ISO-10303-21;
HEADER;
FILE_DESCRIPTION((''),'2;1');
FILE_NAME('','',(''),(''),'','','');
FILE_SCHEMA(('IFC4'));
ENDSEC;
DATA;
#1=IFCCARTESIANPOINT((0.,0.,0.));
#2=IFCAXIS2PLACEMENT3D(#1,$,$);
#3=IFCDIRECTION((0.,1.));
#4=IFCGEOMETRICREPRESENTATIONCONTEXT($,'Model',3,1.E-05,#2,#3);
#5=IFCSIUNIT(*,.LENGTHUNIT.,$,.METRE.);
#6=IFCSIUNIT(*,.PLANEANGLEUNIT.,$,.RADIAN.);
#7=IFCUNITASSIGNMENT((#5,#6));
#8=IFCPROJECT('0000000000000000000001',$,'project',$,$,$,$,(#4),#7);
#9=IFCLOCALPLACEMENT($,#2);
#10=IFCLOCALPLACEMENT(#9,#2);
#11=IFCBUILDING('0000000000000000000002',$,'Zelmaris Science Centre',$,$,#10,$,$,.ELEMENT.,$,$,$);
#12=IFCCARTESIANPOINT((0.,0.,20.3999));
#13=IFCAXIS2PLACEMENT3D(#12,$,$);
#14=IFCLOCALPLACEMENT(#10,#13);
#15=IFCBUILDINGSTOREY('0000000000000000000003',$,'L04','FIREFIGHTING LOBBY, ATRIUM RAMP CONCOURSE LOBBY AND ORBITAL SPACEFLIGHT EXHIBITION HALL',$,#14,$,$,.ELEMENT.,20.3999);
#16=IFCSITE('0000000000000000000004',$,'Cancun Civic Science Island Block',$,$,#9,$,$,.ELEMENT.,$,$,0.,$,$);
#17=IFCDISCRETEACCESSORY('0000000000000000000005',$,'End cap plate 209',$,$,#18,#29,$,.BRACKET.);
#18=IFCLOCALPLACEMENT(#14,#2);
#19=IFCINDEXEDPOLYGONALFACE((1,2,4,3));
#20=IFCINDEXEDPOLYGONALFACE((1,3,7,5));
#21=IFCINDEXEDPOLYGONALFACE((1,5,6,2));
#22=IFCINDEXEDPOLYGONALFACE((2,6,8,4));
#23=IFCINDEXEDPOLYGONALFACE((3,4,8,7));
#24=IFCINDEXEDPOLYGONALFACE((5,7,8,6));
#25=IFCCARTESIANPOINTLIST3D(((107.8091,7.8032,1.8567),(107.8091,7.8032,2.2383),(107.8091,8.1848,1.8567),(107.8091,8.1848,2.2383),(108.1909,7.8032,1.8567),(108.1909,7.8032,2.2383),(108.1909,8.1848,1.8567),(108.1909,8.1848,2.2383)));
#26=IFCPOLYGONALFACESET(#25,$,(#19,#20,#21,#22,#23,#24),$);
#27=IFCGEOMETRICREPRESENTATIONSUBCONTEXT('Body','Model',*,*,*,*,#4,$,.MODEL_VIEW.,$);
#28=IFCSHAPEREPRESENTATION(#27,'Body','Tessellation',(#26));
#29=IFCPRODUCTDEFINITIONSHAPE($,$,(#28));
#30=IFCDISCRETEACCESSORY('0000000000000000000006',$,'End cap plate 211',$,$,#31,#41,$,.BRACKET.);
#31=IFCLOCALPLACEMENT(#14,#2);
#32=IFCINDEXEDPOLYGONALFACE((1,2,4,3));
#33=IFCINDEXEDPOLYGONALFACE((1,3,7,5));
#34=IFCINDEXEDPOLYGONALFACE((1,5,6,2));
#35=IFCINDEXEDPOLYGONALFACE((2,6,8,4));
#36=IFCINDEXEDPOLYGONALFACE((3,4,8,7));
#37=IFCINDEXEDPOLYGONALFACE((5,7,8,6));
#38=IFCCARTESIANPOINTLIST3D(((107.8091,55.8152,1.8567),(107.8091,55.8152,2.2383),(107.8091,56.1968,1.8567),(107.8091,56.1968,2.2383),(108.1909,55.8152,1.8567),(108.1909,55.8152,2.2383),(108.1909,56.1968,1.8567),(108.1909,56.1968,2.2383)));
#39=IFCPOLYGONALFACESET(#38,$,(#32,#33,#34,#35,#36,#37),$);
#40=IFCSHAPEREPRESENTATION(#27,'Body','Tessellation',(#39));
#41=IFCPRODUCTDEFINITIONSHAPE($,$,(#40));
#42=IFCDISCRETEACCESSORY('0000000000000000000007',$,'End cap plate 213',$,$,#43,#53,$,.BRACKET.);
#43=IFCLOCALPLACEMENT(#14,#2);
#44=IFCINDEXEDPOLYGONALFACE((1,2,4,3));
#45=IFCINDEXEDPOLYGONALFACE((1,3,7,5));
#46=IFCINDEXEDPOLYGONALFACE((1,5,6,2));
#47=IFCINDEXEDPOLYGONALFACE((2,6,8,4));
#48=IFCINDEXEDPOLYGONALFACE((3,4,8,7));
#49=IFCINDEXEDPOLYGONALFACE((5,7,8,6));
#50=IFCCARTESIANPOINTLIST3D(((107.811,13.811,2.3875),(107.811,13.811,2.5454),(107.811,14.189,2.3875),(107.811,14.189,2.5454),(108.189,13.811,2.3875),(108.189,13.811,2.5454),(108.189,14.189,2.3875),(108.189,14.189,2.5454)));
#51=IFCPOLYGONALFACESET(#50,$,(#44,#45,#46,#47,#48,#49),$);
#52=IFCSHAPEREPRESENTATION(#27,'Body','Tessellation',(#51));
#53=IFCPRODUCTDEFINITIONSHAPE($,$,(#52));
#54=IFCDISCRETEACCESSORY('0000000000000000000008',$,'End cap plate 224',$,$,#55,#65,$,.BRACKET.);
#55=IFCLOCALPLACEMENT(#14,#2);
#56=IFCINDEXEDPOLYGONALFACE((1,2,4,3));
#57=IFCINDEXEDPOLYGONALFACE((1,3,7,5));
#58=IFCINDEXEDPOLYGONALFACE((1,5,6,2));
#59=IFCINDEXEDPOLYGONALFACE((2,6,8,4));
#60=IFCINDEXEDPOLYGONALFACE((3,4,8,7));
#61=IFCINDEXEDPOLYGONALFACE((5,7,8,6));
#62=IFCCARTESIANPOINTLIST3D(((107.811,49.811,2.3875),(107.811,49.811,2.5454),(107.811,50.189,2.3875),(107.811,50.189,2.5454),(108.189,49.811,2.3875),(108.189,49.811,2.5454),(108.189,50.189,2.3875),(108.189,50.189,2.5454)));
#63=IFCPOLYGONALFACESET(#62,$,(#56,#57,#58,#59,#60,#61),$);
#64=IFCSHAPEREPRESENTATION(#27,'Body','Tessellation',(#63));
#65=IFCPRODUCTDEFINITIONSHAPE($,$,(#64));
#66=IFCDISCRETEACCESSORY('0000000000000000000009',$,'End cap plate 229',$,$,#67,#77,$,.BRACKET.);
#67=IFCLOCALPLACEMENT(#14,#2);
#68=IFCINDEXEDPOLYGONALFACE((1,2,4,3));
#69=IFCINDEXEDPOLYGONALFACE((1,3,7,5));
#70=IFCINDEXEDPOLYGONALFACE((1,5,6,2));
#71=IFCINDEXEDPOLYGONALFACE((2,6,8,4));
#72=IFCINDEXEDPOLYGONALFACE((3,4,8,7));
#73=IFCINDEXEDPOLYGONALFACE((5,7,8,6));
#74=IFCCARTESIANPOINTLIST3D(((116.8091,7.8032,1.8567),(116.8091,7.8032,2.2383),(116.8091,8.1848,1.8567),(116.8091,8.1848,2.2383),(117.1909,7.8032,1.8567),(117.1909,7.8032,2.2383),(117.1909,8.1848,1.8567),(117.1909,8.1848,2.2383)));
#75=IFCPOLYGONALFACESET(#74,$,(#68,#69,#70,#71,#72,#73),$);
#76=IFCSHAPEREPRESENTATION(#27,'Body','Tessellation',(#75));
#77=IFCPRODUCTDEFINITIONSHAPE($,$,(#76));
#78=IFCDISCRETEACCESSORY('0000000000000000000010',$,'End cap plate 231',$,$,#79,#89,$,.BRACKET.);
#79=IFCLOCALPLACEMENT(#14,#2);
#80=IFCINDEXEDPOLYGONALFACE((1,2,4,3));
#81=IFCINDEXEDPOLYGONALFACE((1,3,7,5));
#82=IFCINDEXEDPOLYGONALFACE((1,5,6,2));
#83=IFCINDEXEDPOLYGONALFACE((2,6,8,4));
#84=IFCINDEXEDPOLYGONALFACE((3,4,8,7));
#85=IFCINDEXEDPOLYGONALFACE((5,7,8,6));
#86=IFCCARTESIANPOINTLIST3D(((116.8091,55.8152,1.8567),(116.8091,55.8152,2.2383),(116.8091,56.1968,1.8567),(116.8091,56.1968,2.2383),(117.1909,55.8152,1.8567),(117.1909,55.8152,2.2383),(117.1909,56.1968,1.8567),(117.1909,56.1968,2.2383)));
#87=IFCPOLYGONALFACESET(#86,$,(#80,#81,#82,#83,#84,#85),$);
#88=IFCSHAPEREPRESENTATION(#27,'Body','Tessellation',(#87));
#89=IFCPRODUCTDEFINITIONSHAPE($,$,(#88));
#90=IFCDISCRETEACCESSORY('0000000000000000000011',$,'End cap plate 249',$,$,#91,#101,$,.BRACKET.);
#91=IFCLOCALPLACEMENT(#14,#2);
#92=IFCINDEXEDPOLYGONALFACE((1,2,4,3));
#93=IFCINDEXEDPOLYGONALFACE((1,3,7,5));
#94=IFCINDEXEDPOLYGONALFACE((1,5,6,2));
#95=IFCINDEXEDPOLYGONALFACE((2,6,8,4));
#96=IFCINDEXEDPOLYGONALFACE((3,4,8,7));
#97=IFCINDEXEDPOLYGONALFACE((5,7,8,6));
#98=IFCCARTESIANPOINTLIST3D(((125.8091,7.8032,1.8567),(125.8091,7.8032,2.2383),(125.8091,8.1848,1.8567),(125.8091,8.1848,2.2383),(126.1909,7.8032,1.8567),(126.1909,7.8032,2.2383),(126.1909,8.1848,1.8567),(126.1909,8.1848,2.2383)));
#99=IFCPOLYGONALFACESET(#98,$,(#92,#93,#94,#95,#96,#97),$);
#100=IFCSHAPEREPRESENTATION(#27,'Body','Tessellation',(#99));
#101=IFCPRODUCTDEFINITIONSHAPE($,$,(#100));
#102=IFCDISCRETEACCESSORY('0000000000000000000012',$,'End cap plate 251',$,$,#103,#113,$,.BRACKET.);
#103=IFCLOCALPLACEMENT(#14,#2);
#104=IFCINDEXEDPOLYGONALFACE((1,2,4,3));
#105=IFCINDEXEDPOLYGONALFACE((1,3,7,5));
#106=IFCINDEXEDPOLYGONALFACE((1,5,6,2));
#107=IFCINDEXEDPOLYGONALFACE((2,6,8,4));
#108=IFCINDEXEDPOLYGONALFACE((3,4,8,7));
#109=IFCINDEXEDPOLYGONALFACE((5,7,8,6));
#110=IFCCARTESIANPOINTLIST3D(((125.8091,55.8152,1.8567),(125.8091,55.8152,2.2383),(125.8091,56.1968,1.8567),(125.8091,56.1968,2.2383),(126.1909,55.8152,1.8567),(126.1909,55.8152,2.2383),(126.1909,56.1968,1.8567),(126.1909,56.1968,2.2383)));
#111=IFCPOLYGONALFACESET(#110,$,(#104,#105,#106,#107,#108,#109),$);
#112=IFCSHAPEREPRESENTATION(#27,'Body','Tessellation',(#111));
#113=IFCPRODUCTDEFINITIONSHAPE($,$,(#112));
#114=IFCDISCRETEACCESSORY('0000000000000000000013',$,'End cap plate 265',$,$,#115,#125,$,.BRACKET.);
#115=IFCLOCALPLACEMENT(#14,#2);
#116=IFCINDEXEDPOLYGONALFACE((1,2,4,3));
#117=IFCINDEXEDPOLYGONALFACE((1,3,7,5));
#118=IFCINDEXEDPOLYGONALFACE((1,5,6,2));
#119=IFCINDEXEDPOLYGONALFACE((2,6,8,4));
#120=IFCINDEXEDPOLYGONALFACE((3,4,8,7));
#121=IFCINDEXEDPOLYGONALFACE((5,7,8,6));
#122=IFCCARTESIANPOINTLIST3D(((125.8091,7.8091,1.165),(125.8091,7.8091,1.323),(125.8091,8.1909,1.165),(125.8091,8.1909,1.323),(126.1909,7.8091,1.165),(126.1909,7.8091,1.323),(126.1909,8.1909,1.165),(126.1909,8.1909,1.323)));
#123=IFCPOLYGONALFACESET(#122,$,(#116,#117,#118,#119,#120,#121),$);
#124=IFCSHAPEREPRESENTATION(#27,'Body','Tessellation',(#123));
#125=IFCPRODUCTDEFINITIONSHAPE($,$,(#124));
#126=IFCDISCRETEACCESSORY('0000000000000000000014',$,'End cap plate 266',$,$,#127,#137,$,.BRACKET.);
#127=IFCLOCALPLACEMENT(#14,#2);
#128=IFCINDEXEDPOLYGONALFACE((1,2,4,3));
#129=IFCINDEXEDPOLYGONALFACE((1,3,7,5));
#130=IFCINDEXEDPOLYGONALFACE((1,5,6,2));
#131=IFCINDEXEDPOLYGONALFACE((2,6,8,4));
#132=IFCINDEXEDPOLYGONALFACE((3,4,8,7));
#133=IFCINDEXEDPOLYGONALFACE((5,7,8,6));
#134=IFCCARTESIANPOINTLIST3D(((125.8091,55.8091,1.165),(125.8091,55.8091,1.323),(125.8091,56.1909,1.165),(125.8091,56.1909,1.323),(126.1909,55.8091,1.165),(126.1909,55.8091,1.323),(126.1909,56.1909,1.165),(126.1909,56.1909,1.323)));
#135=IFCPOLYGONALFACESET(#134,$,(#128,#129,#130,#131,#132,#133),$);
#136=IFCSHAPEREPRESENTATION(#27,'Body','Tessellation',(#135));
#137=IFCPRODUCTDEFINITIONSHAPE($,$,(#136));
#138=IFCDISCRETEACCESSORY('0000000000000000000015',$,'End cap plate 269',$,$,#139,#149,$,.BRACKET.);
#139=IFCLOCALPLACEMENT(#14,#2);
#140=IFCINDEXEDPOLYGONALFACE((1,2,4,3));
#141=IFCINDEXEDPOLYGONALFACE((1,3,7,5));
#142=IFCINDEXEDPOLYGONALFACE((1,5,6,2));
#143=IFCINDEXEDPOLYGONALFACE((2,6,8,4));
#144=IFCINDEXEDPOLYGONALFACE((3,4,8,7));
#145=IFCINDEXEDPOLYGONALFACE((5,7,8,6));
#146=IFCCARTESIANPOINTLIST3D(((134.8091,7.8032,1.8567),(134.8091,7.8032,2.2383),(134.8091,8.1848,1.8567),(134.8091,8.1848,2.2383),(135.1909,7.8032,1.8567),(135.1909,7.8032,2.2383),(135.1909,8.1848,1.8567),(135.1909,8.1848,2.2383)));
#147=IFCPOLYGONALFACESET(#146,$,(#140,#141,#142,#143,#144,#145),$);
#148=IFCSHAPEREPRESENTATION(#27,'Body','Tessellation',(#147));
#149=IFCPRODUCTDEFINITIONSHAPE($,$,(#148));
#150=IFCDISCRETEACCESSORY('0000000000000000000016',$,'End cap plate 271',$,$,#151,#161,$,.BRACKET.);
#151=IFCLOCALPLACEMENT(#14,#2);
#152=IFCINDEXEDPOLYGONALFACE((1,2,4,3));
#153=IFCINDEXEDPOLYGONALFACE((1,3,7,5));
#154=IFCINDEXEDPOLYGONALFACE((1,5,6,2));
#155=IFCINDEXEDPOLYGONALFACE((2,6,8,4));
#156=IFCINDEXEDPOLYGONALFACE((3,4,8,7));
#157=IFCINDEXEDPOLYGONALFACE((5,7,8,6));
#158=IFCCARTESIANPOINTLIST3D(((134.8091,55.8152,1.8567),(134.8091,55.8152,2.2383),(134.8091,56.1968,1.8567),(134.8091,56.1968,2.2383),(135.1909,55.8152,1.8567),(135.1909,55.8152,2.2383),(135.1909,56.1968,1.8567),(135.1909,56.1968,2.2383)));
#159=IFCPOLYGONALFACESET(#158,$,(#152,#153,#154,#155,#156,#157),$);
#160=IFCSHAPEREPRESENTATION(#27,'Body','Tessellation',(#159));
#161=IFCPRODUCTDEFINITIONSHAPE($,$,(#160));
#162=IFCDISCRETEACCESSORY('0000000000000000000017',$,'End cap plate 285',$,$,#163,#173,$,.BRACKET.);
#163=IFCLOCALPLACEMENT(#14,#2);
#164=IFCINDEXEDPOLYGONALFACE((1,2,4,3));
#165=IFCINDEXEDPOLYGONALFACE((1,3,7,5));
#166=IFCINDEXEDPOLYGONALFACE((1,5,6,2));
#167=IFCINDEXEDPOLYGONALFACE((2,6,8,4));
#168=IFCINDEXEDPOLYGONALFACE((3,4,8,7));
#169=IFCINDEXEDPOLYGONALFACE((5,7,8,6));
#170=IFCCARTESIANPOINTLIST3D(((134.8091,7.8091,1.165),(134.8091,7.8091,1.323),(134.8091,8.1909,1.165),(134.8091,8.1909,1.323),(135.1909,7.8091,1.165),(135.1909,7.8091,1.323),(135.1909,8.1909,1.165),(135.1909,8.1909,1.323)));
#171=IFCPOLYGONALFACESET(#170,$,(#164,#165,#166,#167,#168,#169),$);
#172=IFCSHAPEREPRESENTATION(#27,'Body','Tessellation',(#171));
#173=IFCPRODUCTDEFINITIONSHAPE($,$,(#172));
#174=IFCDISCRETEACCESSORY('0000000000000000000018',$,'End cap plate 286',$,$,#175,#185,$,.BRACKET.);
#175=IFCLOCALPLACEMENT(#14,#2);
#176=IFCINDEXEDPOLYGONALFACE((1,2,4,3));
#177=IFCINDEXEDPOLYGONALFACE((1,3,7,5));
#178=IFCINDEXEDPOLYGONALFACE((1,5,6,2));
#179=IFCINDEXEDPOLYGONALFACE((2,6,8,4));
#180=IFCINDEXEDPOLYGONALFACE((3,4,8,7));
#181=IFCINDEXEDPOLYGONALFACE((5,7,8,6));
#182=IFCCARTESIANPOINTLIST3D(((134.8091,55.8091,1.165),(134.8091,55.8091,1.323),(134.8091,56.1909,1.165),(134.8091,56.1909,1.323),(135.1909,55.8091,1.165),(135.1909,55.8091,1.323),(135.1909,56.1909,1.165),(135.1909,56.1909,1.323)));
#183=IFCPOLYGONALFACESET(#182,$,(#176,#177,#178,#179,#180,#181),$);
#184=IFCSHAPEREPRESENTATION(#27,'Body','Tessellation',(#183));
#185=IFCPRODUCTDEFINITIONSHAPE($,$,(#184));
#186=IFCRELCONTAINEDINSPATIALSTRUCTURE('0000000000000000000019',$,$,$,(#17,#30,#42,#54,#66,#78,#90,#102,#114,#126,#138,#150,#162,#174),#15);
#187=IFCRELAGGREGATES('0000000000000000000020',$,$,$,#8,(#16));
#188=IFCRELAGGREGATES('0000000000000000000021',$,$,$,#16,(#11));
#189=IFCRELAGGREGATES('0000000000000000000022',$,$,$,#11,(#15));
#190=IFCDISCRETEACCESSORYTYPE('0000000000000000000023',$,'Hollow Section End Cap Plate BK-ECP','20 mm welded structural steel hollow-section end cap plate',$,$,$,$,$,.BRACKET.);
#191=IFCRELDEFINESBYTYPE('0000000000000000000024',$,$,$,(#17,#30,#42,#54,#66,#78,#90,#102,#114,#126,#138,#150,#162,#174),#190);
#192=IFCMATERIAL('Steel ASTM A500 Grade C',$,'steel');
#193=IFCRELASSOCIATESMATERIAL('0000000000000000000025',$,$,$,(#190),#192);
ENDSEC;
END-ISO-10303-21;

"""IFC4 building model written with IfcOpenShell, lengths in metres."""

from ifc_helpers import new_model, si_unit, direction, frame, origin, place, context, subcontext, project, spatial, polyline, outline, extrude, material, type_object, element, save


model = new_model("IFC4")

# Units and contexts
model_context = context("Model", 3, precision=1e-05, world=origin(), true_north=direction((0.0, 1.0)))
body_context = subcontext(model_context, "Body", "Model", "MODEL_VIEW")
ifc_project = project(units=[si_unit("LENGTHUNIT", "METRE"), si_unit("PLANEANGLEUNIT", "RADIAN")], contexts=[model_context])

# Site, building, storey
site_placement = place(None, origin())
site = spatial("IfcSite", under=ifc_project, at=site_placement, Name="Cancun Civic Science Island Block", CompositionType="ELEMENT", RefElevation=0.0)
building_placement = place(site_placement, origin())
building = spatial("IfcBuilding", under=site, at=building_placement, Name="Zelmaris Science Centre", CompositionType="ELEMENT")
storey_placement = place(building_placement, frame((0.0, 0.0, 20.3999)))
storey = spatial("IfcBuildingStorey", under=building, at=storey_placement, Name="L04", Description="FIREFIGHTING LOBBY, ATRIUM RAMP CONCOURSE LOBBY AND ORBITAL SPACEFLIGHT EXHIBITION HALL", CompositionType="ELEMENT", Elevation=20.3999)

# Discrete accessories
ifc_material = material(Name="Steel ASTM A500 Grade C", Category="steel")
discrete_accessory_type = type_object("IfcDiscreteAccessoryType", Name="Hollow Section End Cap Plate BK-ECP", Description="20 mm welded structural steel hollow-section end cap plate", PredefinedType="BRACKET", material=ifc_material)
discrete_accessory_1_placement = place(storey_placement, frame((0.0, 0.0, 1.8567)))
element("IfcDiscreteAccessory", 1, at=discrete_accessory_1_placement, inside=storey, type_object=discrete_accessory_type, Name="End cap plate 209", PredefinedType="BRACKET", context=body_context, shape_type="SweptSolid", body=[
    extrude(outline(polyline([(107.8091, 7.8032), (108.1909, 7.8032), (108.1909, 8.1848), (107.8091, 8.1848), (107.8091, 7.8032)])), origin(), (0.0, 0.0, 1.0), 0.3816),
])
discrete_accessory_2_placement = place(storey_placement, frame((0.0, 0.0, 1.8567)))
element("IfcDiscreteAccessory", 2, at=discrete_accessory_2_placement, inside=storey, type_object=discrete_accessory_type, Name="End cap plate 211", PredefinedType="BRACKET", context=body_context, shape_type="SweptSolid", body=[
    extrude(outline(polyline([(107.8091, 55.8152), (108.1909, 55.8152), (108.1909, 56.1968), (107.8091, 56.1968), (107.8091, 55.8152)])), origin(), (0.0, 0.0, 1.0), 0.3816),
])
discrete_accessory_3_placement = place(storey_placement, frame((0.0, 0.0, 2.3875)))
element("IfcDiscreteAccessory", 3, at=discrete_accessory_3_placement, inside=storey, type_object=discrete_accessory_type, Name="End cap plate 213", PredefinedType="BRACKET", context=body_context, shape_type="SweptSolid", body=[
    extrude(outline(polyline([(107.811, 13.811), (108.189, 13.811), (108.189, 14.189), (107.811, 14.189), (107.811, 13.811)])), origin(), (0.0, 0.0, 1.0), 0.158),
])
discrete_accessory_4_placement = place(storey_placement, frame((0.0, 0.0, 2.3875)))
element("IfcDiscreteAccessory", 4, at=discrete_accessory_4_placement, inside=storey, type_object=discrete_accessory_type, Name="End cap plate 224", PredefinedType="BRACKET", context=body_context, shape_type="SweptSolid", body=[
    extrude(outline(polyline([(107.811, 49.811), (108.189, 49.811), (108.189, 50.189), (107.811, 50.189), (107.811, 49.811)])), origin(), (0.0, 0.0, 1.0), 0.158),
])
discrete_accessory_5_placement = place(storey_placement, frame((0.0, 0.0, 1.8567)))
element("IfcDiscreteAccessory", 5, at=discrete_accessory_5_placement, inside=storey, type_object=discrete_accessory_type, Name="End cap plate 229", PredefinedType="BRACKET", context=body_context, shape_type="SweptSolid", body=[
    extrude(outline(polyline([(116.8091, 7.8032), (117.1909, 7.8032), (117.1909, 8.1848), (116.8091, 8.1848), (116.8091, 7.8032)])), origin(), (0.0, 0.0, 1.0), 0.3816),
])
discrete_accessory_6_placement = place(storey_placement, frame((0.0, 0.0, 1.8567)))
element("IfcDiscreteAccessory", 6, at=discrete_accessory_6_placement, inside=storey, type_object=discrete_accessory_type, Name="End cap plate 231", PredefinedType="BRACKET", context=body_context, shape_type="SweptSolid", body=[
    extrude(outline(polyline([(116.8091, 55.8152), (117.1909, 55.8152), (117.1909, 56.1968), (116.8091, 56.1968), (116.8091, 55.8152)])), origin(), (0.0, 0.0, 1.0), 0.3816),
])
discrete_accessory_7_placement = place(storey_placement, frame((0.0, 0.0, 1.8567)))
element("IfcDiscreteAccessory", 7, at=discrete_accessory_7_placement, inside=storey, type_object=discrete_accessory_type, Name="End cap plate 249", PredefinedType="BRACKET", context=body_context, shape_type="SweptSolid", body=[
    extrude(outline(polyline([(125.8091, 7.8032), (126.1909, 7.8032), (126.1909, 8.1848), (125.8091, 8.1848), (125.8091, 7.8032)])), origin(), (0.0, 0.0, 1.0), 0.3816),
])
discrete_accessory_8_placement = place(storey_placement, frame((0.0, 0.0, 1.8567)))
element("IfcDiscreteAccessory", 8, at=discrete_accessory_8_placement, inside=storey, type_object=discrete_accessory_type, Name="End cap plate 251", PredefinedType="BRACKET", context=body_context, shape_type="SweptSolid", body=[
    extrude(outline(polyline([(125.8091, 55.8152), (126.1909, 55.8152), (126.1909, 56.1968), (125.8091, 56.1968), (125.8091, 55.8152)])), origin(), (0.0, 0.0, 1.0), 0.3816),
])
discrete_accessory_9_placement = place(storey_placement, frame((0.0, 0.0, 1.165)))
element("IfcDiscreteAccessory", 9, at=discrete_accessory_9_placement, inside=storey, type_object=discrete_accessory_type, Name="End cap plate 265", PredefinedType="BRACKET", context=body_context, shape_type="SweptSolid", body=[
    extrude(outline(polyline([(125.8091, 7.8091), (126.1909, 7.8091), (126.1909, 8.1909), (125.8091, 8.1909), (125.8091, 7.8091)])), origin(), (0.0, 0.0, 1.0), 0.158),
])
discrete_accessory_10_placement = place(storey_placement, frame((0.0, 0.0, 1.165)))
element("IfcDiscreteAccessory", 10, at=discrete_accessory_10_placement, inside=storey, type_object=discrete_accessory_type, Name="End cap plate 266", PredefinedType="BRACKET", context=body_context, shape_type="SweptSolid", body=[
    extrude(outline(polyline([(125.8091, 55.8091), (126.1909, 55.8091), (126.1909, 56.1909), (125.8091, 56.1909), (125.8091, 55.8091)])), origin(), (0.0, 0.0, 1.0), 0.158),
])
discrete_accessory_11_placement = place(storey_placement, frame((0.0, 0.0, 1.8567)))
element("IfcDiscreteAccessory", 11, at=discrete_accessory_11_placement, inside=storey, type_object=discrete_accessory_type, Name="End cap plate 269", PredefinedType="BRACKET", context=body_context, shape_type="SweptSolid", body=[
    extrude(outline(polyline([(134.8091, 7.8032), (135.1909, 7.8032), (135.1909, 8.1848), (134.8091, 8.1848), (134.8091, 7.8032)])), origin(), (0.0, 0.0, 1.0), 0.3816),
])
discrete_accessory_12_placement = place(storey_placement, frame((0.0, 0.0, 1.8567)))
element("IfcDiscreteAccessory", 12, at=discrete_accessory_12_placement, inside=storey, type_object=discrete_accessory_type, Name="End cap plate 271", PredefinedType="BRACKET", context=body_context, shape_type="SweptSolid", body=[
    extrude(outline(polyline([(134.8091, 55.8152), (135.1909, 55.8152), (135.1909, 56.1968), (134.8091, 56.1968), (134.8091, 55.8152)])), origin(), (0.0, 0.0, 1.0), 0.3816),
])
discrete_accessory_13_placement = place(storey_placement, frame((0.0, 0.0, 1.165)))
element("IfcDiscreteAccessory", 13, at=discrete_accessory_13_placement, inside=storey, type_object=discrete_accessory_type, Name="End cap plate 285", PredefinedType="BRACKET", context=body_context, shape_type="SweptSolid", body=[
    extrude(outline(polyline([(134.8091, 7.8091), (135.1909, 7.8091), (135.1909, 8.1909), (134.8091, 8.1909), (134.8091, 7.8091)])), origin(), (0.0, 0.0, 1.0), 0.158),
])
discrete_accessory_14_placement = place(storey_placement, frame((0.0, 0.0, 1.165)))
element("IfcDiscreteAccessory", 14, at=discrete_accessory_14_placement, inside=storey, type_object=discrete_accessory_type, Name="End cap plate 286", PredefinedType="BRACKET", context=body_context, shape_type="SweptSolid", body=[
    extrude(outline(polyline([(134.8091, 55.8091), (135.1909, 55.8091), (135.1909, 56.1909), (134.8091, 56.1909), (134.8091, 55.8091)])), origin(), (0.0, 0.0, 1.0), 0.158),
])

save(model, "model.ifc")
